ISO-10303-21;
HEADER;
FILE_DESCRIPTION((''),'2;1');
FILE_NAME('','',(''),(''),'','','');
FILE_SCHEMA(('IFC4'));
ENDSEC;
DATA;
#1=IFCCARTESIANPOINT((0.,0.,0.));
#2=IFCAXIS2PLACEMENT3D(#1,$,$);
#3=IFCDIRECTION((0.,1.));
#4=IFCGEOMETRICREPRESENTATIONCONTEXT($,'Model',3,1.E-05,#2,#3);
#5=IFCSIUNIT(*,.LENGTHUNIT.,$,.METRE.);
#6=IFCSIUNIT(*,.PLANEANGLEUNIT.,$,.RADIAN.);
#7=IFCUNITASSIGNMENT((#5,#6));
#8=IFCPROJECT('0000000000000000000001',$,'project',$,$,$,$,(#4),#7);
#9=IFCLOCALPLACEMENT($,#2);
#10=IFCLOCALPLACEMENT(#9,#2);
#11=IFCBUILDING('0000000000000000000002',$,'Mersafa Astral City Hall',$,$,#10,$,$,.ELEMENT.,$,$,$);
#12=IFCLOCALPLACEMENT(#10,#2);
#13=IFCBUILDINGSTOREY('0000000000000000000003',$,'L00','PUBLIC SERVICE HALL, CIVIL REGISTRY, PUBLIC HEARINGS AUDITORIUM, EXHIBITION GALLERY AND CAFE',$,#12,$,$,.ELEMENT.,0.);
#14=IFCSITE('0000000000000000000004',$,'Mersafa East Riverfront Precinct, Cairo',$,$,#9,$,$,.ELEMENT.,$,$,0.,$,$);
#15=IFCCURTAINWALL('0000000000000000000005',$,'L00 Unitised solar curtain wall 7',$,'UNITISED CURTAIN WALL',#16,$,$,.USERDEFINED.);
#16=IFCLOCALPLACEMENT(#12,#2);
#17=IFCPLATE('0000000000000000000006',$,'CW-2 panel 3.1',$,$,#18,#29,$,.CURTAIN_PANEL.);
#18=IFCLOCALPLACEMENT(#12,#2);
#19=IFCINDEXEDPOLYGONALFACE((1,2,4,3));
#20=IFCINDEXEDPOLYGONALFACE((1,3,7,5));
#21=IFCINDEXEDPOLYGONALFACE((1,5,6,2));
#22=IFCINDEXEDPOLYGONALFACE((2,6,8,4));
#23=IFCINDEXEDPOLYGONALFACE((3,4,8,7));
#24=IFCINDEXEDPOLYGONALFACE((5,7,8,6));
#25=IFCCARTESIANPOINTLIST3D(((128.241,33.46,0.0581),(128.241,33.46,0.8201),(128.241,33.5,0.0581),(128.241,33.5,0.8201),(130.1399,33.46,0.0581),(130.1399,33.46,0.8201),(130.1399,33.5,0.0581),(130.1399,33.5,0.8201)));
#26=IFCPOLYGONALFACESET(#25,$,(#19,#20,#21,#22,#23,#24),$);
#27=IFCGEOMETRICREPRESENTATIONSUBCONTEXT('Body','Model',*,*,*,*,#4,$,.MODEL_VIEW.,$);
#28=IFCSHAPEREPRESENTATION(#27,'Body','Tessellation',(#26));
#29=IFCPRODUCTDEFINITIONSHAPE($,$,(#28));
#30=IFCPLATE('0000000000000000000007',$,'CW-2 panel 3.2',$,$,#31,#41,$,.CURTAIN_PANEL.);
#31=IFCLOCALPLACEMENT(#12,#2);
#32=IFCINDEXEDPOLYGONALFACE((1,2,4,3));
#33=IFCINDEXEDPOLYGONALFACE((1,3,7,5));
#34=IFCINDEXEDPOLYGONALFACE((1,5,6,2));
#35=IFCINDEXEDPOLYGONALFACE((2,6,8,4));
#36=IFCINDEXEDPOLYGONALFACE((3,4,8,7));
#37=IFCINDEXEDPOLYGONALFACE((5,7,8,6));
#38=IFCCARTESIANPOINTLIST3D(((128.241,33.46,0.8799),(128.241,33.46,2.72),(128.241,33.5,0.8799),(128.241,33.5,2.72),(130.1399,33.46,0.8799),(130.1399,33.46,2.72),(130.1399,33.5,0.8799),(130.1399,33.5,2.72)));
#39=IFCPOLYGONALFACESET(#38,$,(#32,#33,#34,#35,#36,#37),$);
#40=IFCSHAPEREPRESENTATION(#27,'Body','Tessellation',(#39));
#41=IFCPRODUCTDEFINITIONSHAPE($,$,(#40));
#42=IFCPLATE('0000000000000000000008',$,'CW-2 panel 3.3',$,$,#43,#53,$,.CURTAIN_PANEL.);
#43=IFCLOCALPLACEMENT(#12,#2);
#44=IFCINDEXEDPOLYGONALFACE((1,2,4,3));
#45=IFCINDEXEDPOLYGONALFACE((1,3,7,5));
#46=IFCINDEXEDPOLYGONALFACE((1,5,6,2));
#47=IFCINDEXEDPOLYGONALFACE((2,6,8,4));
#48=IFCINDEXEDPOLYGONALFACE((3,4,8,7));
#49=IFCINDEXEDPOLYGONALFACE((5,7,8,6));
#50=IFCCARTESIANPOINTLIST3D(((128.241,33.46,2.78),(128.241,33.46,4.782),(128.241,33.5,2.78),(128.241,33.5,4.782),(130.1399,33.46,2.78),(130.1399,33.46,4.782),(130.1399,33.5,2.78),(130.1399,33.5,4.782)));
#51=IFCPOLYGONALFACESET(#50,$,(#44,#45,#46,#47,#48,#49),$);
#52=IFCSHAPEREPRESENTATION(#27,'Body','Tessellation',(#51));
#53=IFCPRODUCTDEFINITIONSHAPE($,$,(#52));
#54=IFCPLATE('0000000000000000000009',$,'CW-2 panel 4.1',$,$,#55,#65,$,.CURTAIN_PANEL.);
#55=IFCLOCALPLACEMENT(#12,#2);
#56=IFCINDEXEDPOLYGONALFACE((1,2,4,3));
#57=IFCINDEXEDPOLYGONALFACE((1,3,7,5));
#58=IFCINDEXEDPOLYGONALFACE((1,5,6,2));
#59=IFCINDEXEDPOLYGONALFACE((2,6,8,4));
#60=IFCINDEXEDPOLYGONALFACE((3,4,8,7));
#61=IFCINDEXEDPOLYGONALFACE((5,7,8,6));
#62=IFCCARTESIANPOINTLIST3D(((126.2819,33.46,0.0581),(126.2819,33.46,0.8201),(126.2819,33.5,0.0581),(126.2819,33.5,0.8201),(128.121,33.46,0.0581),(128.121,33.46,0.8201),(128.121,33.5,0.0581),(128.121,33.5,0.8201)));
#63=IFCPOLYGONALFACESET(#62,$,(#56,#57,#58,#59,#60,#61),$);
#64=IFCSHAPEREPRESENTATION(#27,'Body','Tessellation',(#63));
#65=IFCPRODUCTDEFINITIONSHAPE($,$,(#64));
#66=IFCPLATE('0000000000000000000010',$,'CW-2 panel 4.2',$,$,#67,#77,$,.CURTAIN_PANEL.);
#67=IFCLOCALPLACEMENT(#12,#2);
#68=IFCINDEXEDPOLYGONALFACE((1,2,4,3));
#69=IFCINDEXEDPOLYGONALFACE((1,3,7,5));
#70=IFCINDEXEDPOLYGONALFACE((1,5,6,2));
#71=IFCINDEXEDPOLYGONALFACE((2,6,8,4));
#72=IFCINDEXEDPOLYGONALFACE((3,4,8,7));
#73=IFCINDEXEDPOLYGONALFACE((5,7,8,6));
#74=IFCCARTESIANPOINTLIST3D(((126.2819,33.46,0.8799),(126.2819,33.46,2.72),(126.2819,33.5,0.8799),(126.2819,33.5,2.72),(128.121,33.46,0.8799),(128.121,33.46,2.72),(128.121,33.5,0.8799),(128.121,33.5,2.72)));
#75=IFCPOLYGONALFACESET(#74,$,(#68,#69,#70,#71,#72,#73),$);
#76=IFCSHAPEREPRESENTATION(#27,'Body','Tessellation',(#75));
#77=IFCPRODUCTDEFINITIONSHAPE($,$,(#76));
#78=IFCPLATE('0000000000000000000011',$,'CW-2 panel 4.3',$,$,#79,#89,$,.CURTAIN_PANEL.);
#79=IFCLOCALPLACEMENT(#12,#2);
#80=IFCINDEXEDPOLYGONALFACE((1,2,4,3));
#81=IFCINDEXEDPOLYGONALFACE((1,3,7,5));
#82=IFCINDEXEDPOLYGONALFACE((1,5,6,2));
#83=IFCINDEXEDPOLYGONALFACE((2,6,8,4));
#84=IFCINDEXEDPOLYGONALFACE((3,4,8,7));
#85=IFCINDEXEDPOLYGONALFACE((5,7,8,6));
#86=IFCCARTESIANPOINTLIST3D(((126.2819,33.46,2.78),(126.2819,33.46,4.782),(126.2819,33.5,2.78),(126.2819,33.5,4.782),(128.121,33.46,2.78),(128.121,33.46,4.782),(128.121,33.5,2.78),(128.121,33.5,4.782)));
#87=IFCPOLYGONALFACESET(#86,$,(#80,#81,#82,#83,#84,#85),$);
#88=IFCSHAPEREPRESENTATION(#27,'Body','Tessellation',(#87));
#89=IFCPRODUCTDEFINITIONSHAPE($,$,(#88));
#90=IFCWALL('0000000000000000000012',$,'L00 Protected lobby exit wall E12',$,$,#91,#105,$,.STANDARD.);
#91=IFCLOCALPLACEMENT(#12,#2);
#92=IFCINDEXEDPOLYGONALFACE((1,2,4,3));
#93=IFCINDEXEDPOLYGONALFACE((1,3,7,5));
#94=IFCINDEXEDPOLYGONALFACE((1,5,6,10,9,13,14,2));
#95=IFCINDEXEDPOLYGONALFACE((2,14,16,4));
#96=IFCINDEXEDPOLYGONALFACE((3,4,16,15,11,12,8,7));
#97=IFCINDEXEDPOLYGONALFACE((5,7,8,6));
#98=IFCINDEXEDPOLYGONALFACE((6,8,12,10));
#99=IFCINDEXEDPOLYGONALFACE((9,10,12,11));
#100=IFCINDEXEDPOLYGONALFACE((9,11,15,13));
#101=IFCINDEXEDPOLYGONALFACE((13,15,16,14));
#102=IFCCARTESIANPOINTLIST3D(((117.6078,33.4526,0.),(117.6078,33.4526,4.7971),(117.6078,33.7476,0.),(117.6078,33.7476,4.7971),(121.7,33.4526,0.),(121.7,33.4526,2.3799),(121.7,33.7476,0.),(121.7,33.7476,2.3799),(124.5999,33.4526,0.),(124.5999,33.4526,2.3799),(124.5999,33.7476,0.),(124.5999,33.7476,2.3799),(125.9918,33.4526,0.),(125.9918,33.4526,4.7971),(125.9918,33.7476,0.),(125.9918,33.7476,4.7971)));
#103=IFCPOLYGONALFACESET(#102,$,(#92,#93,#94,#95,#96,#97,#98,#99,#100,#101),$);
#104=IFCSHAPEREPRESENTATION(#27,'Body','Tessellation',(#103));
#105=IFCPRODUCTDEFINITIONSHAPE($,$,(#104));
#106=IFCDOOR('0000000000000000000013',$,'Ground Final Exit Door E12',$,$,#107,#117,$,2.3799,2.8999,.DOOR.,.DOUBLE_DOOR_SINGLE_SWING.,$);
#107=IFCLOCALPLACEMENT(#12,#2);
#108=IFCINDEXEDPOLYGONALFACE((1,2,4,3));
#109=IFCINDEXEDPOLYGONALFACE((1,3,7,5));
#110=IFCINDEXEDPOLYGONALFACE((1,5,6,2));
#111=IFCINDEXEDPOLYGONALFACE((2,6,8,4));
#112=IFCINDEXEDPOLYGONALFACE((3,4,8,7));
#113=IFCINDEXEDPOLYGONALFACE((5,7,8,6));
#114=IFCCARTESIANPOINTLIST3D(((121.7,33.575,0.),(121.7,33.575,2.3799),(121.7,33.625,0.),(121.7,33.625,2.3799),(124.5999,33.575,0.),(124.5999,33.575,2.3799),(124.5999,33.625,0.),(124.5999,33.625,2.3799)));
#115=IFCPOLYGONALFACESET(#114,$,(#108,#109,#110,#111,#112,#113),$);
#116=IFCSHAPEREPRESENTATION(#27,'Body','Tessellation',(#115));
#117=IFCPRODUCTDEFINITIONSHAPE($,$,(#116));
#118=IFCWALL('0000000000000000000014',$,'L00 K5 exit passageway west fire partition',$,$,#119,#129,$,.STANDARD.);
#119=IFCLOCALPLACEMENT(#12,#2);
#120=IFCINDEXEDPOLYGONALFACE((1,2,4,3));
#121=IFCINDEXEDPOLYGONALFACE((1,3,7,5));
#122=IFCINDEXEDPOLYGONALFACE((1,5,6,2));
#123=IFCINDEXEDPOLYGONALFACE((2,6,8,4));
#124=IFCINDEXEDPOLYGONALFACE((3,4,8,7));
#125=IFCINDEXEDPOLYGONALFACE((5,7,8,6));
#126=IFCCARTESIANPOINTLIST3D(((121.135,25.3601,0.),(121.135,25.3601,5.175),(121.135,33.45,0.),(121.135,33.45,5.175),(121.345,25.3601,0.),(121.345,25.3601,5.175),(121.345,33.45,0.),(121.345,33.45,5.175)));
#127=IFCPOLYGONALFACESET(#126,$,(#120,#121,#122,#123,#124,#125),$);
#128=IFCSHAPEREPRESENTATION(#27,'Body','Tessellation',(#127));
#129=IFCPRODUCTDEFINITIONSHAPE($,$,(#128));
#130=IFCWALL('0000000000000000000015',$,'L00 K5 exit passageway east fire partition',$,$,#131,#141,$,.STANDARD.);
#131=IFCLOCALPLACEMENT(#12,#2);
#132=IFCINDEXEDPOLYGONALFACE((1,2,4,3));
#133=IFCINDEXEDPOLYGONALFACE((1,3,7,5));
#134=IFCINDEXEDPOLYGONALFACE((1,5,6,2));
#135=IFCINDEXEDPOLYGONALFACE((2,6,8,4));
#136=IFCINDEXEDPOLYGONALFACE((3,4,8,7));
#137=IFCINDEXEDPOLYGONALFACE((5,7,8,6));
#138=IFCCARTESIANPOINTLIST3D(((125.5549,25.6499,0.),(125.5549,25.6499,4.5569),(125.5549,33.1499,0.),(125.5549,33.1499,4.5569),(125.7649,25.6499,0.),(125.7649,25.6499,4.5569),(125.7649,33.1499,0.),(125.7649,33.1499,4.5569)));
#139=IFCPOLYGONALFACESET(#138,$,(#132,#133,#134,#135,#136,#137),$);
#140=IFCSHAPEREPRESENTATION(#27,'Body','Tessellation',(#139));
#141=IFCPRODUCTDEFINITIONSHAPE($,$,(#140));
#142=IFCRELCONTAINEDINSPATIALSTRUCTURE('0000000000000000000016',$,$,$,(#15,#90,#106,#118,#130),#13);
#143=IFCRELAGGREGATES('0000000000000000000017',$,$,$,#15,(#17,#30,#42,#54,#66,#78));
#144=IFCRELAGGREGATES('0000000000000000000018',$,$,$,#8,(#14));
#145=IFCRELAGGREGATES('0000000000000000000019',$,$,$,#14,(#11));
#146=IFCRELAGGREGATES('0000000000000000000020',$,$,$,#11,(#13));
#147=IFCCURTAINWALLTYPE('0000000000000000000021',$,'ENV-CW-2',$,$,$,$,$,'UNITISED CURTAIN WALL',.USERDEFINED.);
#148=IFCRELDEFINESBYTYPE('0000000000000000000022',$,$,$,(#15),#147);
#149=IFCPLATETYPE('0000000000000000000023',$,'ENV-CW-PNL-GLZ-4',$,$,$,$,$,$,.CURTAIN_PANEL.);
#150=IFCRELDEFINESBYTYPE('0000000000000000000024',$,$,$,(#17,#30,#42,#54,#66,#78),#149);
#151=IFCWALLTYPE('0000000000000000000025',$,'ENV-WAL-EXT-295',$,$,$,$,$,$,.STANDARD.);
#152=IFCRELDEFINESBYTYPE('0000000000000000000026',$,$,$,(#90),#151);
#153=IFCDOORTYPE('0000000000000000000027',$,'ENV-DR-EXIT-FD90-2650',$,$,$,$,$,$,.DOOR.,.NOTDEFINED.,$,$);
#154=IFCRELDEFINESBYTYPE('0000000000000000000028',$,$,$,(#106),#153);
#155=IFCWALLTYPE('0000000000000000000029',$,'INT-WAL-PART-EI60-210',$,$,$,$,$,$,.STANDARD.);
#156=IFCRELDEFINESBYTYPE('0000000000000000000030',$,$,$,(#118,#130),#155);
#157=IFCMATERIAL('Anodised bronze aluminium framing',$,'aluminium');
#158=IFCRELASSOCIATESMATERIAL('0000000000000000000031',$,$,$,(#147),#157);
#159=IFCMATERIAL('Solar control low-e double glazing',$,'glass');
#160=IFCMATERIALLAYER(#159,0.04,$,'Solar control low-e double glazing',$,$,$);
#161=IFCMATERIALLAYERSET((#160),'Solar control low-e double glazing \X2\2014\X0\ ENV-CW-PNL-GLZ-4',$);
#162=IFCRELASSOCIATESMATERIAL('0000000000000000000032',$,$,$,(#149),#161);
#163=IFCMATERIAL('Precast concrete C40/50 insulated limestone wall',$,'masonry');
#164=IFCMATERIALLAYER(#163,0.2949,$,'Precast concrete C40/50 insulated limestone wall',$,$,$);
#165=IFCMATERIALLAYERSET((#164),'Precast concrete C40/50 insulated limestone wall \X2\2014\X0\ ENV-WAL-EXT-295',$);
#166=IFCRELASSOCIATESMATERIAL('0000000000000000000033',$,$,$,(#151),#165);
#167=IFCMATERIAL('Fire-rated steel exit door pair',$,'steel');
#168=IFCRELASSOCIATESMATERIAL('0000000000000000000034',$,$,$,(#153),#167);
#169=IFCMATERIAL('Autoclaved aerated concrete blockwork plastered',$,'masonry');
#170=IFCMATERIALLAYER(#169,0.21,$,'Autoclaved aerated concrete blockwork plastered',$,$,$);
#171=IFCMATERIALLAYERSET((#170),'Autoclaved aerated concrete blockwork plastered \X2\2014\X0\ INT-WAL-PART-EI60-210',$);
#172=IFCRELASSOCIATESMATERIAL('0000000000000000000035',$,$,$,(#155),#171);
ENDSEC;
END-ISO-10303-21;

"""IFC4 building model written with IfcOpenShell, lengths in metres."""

from ifc_helpers import new_model, si_unit, direction, frame, frame_2d, origin, origin_2d, place, context, subcontext, project, spatial, rectangle, extrude, material, layer, layer_set, type_object, element, fill, aggregate, save


model = new_model("IFC4")

# Units and contexts
model_context = context("Model", 3, precision=1e-05, world=origin(), true_north=direction((0.0, 1.0)))
body_context = subcontext(model_context, "Body", "Model", "MODEL_VIEW")
ifc_project = project(units=[si_unit("LENGTHUNIT", "METRE"), si_unit("PLANEANGLEUNIT", "RADIAN")], contexts=[model_context])

# Site, building, storey
site_placement = place(None, origin())
site = spatial("IfcSite", under=ifc_project, at=site_placement, Name="Mersafa East Riverfront Precinct, Cairo", CompositionType="ELEMENT", RefElevation=0.0)
building_placement = place(site_placement, origin())
building = spatial("IfcBuilding", under=site, at=building_placement, Name="Mersafa Astral City Hall", CompositionType="ELEMENT")
storey_placement = place(building_placement, origin())
storey = spatial("IfcBuildingStorey", under=building, at=storey_placement, Name="L00", Description="PUBLIC SERVICE HALL, CIVIL REGISTRY, PUBLIC HEARINGS AUDITORIUM, EXHIBITION GALLERY AND CAFE", CompositionType="ELEMENT", Elevation=0.0)

# Curtain wall
ifc_material_1 = material(Name="Anodised bronze aluminium framing", Category="aluminium")
curtain_wall_type = type_object("IfcCurtainWallType", Name="ENV-CW-2", ElementType="UNITISED CURTAIN WALL", PredefinedType="USERDEFINED", material=ifc_material_1)
curtain_wall_placement = place(storey_placement, origin())
curtain_wall = element("IfcCurtainWall", 1, at=curtain_wall_placement, inside=storey, type_object=curtain_wall_type, Name="L00 Unitised solar curtain wall 7", ObjectType="UNITISED CURTAIN WALL", PredefinedType="USERDEFINED")

# Plates
ifc_material_2 = material(Name="Solar control low-e double glazing", Category="glass")
ifc_layer_1 = layer(ifc_material_2, 0.04, Name="Solar control low-e double glazing")
ifc_layer_set_1 = layer_set([ifc_layer_1], Name="Solar control low-e double glazing — ENV-CW-PNL-GLZ-4")
plate_type = type_object("IfcPlateType", Name="ENV-CW-PNL-GLZ-4", PredefinedType="CURTAIN_PANEL", material=ifc_layer_set_1)
plate_1_placement = place(storey_placement, frame((129.1904, 33.48, 0.0581), z_axis=(0.0, 0.0, 1.0), x_axis=(-1.0, 0.0, 0.0)))
plate_1 = element("IfcPlate", 2, at=plate_1_placement, type_object=plate_type, Name="CW-2 panel 3.1", PredefinedType="CURTAIN_PANEL", context=body_context, shape_type="SweptSolid", body=[
    extrude(rectangle(XDim=1.8989, YDim=0.04, at=origin_2d()), origin(), (0.0, 0.0, 1.0), 0.762),
])
plate_2_placement = place(storey_placement, frame((129.1904, 33.48, 0.8799), z_axis=(0.0, 0.0, 1.0), x_axis=(-1.0, 0.0, 0.0)))
plate_2 = element("IfcPlate", 3, at=plate_2_placement, type_object=plate_type, Name="CW-2 panel 3.2", PredefinedType="CURTAIN_PANEL", context=body_context, shape_type="SweptSolid", body=[
    extrude(rectangle(XDim=1.8989, YDim=0.04, at=origin_2d()), origin(), (0.0, 0.0, 1.0), 1.8401),
])
plate_3_placement = place(storey_placement, frame((129.1904, 33.48, 2.78), z_axis=(0.0, 0.0, 1.0), x_axis=(-1.0, 0.0, 0.0)))
plate_3 = element("IfcPlate", 4, at=plate_3_placement, type_object=plate_type, Name="CW-2 panel 3.3", PredefinedType="CURTAIN_PANEL", context=body_context, shape_type="SweptSolid", body=[
    extrude(rectangle(XDim=1.8989, YDim=0.04, at=origin_2d()), origin(), (0.0, 0.0, 1.0), 2.002),
])
plate_4_placement = place(storey_placement, frame((127.2014, 33.48, 0.0581), z_axis=(0.0, 0.0, 1.0), x_axis=(-1.0, 0.0, 0.0)))
plate_4 = element("IfcPlate", 5, at=plate_4_placement, type_object=plate_type, Name="CW-2 panel 4.1", PredefinedType="CURTAIN_PANEL", context=body_context, shape_type="SweptSolid", body=[
    extrude(rectangle(XDim=1.8391, YDim=0.04, at=origin_2d()), origin(), (0.0, 0.0, 1.0), 0.762),
])
plate_5_placement = place(storey_placement, frame((127.2014, 33.48, 0.8799), z_axis=(0.0, 0.0, 1.0), x_axis=(-1.0, 0.0, 0.0)))
plate_5 = element("IfcPlate", 6, at=plate_5_placement, type_object=plate_type, Name="CW-2 panel 4.2", PredefinedType="CURTAIN_PANEL", context=body_context, shape_type="SweptSolid", body=[
    extrude(rectangle(XDim=1.8391, YDim=0.04, at=origin_2d()), origin(), (0.0, 0.0, 1.0), 1.8401),
])
plate_6_placement = place(storey_placement, frame((127.2014, 33.48, 2.78), z_axis=(0.0, 0.0, 1.0), x_axis=(-1.0, 0.0, 0.0)))
plate_6 = element("IfcPlate", 7, at=plate_6_placement, type_object=plate_type, Name="CW-2 panel 4.3", PredefinedType="CURTAIN_PANEL", context=body_context, shape_type="SweptSolid", body=[
    extrude(rectangle(XDim=1.8391, YDim=0.04, at=origin_2d()), origin(), (0.0, 0.0, 1.0), 2.002),
])
aggregate(curtain_wall, [plate_1, plate_2, plate_3, plate_4, plate_5, plate_6])

# Wall, opening, door
ifc_material_3 = material(Name="Precast concrete C40/50 insulated limestone wall", Category="masonry")
ifc_layer_2 = layer(ifc_material_3, 0.2949, Name="Precast concrete C40/50 insulated limestone wall")
ifc_layer_set_2 = layer_set([ifc_layer_2], Name="Precast concrete C40/50 insulated limestone wall — ENV-WAL-EXT-295")
wall_type_1 = type_object("IfcWallType", Name="ENV-WAL-EXT-295", PredefinedType="STANDARD", material=ifc_layer_set_2)
wall_1_placement = place(storey_placement, frame((117.6079, 33.6001, 0.0), z_axis=(0.0, 0.0, 1.0), x_axis=(1.0, 0.0, 0.0)))
wall_1 = element("IfcWall", 8, at=wall_1_placement, inside=storey, type_object=wall_type_1, Name="L00 Protected lobby exit wall E12", PredefinedType="STANDARD", context=body_context, shape_type="SweptSolid", body=[
    extrude(rectangle(XDim=8.384, YDim=0.2949, at=frame_2d((4.1919, 0.0))), origin(), (0.0, 0.0, 1.0), 4.7971),
])
opening_placement = place(wall_1_placement, frame((4.092, 0.0, 0.0)))
opening = element("IfcOpeningElement", 9, at=opening_placement, cuts=wall_1, PredefinedType="OPENING", context=body_context, shape_type="SweptSolid", body=[
    extrude(rectangle(XDim=2.8999, YDim=2.3799, at=frame_2d((1.45, 1.1899))), frame((0.0, 0.1575, 0.0), z_axis=(0.0, -1.0, 0.0), x_axis=(1.0, 0.0, 0.0)), (0.0, 0.0, 1.0), 0.3149),
])
ifc_material_4 = material(Name="Fire-rated steel exit door pair", Category="steel")
door_type = type_object("IfcDoorType", Name="ENV-DR-EXIT-FD90-2650", OperationType="NOTDEFINED", PredefinedType="DOOR", material=ifc_material_4)
door_placement = place(opening_placement, origin())
door = element("IfcDoor", 10, at=door_placement, inside=storey, type_object=door_type, Name="Ground Final Exit Door E12", OperationType="DOUBLE_DOOR_SINGLE_SWING", OverallHeight=2.3799, OverallWidth=2.8999, PredefinedType="DOOR", context=body_context, shape_type="SweptSolid", body=[
    extrude(rectangle(XDim=2.8999, YDim=2.3799, at=frame_2d((1.45, 1.1899))), frame((0.0, 0.0249, 0.0), z_axis=(0.0, -1.0, 0.0), x_axis=(1.0, 0.0, 0.0)), (0.0, 0.0, 1.0), 0.05),
])
fill(opening, door)

# Walls
ifc_material_5 = material(Name="Autoclaved aerated concrete blockwork plastered", Category="masonry")
ifc_layer_3 = layer(ifc_material_5, 0.21, Name="Autoclaved aerated concrete blockwork plastered")
ifc_layer_set_3 = layer_set([ifc_layer_3], Name="Autoclaved aerated concrete blockwork plastered — INT-WAL-PART-EI60-210")
wall_type_2 = type_object("IfcWallType", Name="INT-WAL-PART-EI60-210", PredefinedType="STANDARD", material=ifc_layer_set_3)
wall_2_placement = place(storey_placement, frame((121.24, 25.3601, 0.0), z_axis=(0.0, 0.0, 1.0), x_axis=(0.0, 1.0, 0.0)))
element("IfcWall", 11, at=wall_2_placement, inside=storey, type_object=wall_type_2, Name="L00 K5 exit passageway west fire partition", PredefinedType="STANDARD", context=body_context, shape_type="SweptSolid", body=[
    extrude(rectangle(XDim=8.0898, YDim=0.21, at=frame_2d((4.0449, 0.0))), origin(), (0.0, 0.0, 1.0), 5.175),
])
wall_3_placement = place(storey_placement, frame((125.6599, 25.6499, 0.0), z_axis=(0.0, 0.0, 1.0), x_axis=(0.0, 1.0, 0.0)))
element("IfcWall", 12, at=wall_3_placement, inside=storey, type_object=wall_type_2, Name="L00 K5 exit passageway east fire partition", PredefinedType="STANDARD", context=body_context, shape_type="SweptSolid", body=[
    extrude(rectangle(XDim=7.5, YDim=0.21, at=frame_2d((3.75, 0.0))), origin(), (0.0, 0.0, 1.0), 4.5569),
])

save(model, "model.ifc")
